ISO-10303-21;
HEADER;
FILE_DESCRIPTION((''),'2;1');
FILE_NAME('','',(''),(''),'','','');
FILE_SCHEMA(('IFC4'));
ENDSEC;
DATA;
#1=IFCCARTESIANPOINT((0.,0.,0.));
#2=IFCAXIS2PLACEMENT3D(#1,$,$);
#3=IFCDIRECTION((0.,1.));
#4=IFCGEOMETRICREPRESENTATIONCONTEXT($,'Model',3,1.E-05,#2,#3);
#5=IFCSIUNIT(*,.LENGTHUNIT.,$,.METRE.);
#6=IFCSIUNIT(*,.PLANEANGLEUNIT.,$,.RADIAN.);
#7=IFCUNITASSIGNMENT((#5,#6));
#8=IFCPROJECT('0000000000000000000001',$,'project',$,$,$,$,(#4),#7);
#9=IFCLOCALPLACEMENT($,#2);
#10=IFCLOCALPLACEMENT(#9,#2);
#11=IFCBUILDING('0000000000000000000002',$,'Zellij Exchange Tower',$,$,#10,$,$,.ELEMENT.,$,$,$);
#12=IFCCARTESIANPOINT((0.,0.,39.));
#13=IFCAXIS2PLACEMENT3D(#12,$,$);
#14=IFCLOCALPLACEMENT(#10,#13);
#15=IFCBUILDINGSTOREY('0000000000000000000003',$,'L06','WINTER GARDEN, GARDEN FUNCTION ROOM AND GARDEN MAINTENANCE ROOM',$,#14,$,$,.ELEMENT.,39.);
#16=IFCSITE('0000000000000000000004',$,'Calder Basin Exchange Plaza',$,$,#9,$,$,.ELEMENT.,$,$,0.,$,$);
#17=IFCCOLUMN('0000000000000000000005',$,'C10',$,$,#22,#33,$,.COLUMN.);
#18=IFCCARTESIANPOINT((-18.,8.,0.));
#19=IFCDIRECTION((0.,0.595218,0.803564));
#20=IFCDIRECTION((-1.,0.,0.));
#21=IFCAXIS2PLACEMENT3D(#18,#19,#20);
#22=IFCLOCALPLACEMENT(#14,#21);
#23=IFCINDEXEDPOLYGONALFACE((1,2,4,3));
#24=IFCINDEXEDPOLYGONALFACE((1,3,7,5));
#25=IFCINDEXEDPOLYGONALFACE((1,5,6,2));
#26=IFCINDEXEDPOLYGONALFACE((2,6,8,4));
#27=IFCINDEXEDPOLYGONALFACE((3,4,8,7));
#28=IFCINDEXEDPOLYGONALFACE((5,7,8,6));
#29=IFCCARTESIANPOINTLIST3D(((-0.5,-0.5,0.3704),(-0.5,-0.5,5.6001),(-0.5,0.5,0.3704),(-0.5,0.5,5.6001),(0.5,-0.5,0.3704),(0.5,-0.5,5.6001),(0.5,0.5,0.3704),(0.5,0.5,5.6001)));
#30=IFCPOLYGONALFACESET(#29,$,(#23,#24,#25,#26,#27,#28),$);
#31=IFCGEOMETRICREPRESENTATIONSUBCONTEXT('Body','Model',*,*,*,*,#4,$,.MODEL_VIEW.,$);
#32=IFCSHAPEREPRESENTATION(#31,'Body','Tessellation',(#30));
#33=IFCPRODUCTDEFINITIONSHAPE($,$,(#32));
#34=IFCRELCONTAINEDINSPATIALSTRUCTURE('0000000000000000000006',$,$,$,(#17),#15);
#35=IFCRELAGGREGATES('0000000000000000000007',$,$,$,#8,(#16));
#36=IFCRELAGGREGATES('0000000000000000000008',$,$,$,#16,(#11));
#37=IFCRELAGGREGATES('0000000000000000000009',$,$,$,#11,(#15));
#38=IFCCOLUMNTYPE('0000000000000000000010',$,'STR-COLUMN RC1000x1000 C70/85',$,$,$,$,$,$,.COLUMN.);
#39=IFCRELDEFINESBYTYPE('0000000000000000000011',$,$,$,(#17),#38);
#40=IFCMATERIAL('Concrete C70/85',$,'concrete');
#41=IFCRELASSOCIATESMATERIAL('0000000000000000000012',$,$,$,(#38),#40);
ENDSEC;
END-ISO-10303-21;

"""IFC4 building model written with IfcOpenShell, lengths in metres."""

from ifc_helpers import new_model, si_unit, direction, frame, origin, origin_2d, place, context, subcontext, project, spatial, rectangle, extrude, clip, halfspace, material, material_profile, profile_set, type_object, element, save


model = new_model("IFC4")

# Units and contexts
model_context = context("Model", 3, precision=1e-05, world=origin(), true_north=direction((0.0, 1.0)))
body_context = subcontext(model_context, "Body", "Model", "MODEL_VIEW")
ifc_project = project(units=[si_unit("LENGTHUNIT", "METRE"), si_unit("PLANEANGLEUNIT", "RADIAN")], contexts=[model_context])

# Site, building, storey
site_placement = place(None, origin())
site = spatial("IfcSite", under=ifc_project, at=site_placement, Name="Calder Basin Exchange Plaza", CompositionType="ELEMENT", RefElevation=0.0)
building_placement = place(site_placement, origin())
building = spatial("IfcBuilding", under=site, at=building_placement, Name="Zellij Exchange Tower", CompositionType="ELEMENT")
storey_placement = place(building_placement, frame((0.0, 0.0, 39.0)))
storey = spatial("IfcBuildingStorey", under=building, at=storey_placement, Name="L06", Description="WINTER GARDEN, GARDEN FUNCTION ROOM AND GARDEN MAINTENANCE ROOM", CompositionType="ELEMENT", Elevation=39.0)

# Column
ifc_material_1 = material(Name="Concrete C70/85", Category="concrete")
ifc_material_profile_1 = material_profile(ifc_material_1, rectangle(XDim=1.0, YDim=1.0, at=origin_2d()), Name="STR-COLUMN RC1000x1000 C70/85")
ifc_profile_set_1 = profile_set([ifc_material_profile_1], Name="Concrete C70/85")
column_type_1 = type_object("IfcColumnType", Name="STR-COLUMN RC1000x1000 C70/85", PredefinedType="COLUMN", material=ifc_profile_set_1)
column_1_placement = place(storey_placement, frame((-18.0, 8.0, 0.0), z_axis=(0.0, 0.595218, 0.803564), x_axis=(-1.0, 0.0, 0.0)))
element("IfcColumn", 1, at=column_1_placement, inside=storey, type_object=column_type_1, Name="C10", PredefinedType="COLUMN", context=body_context, shape_type="Clipping", body=[
    clip(extrude(rectangle(XDim=1.0, YDim=1.0, at=origin_2d()), origin(), (0.0, 0.0, 1.0), 5.6001), halfspace(frame((0.0, 0.0, 0.3704)), True)),
])

save(model, "model.ifc")
